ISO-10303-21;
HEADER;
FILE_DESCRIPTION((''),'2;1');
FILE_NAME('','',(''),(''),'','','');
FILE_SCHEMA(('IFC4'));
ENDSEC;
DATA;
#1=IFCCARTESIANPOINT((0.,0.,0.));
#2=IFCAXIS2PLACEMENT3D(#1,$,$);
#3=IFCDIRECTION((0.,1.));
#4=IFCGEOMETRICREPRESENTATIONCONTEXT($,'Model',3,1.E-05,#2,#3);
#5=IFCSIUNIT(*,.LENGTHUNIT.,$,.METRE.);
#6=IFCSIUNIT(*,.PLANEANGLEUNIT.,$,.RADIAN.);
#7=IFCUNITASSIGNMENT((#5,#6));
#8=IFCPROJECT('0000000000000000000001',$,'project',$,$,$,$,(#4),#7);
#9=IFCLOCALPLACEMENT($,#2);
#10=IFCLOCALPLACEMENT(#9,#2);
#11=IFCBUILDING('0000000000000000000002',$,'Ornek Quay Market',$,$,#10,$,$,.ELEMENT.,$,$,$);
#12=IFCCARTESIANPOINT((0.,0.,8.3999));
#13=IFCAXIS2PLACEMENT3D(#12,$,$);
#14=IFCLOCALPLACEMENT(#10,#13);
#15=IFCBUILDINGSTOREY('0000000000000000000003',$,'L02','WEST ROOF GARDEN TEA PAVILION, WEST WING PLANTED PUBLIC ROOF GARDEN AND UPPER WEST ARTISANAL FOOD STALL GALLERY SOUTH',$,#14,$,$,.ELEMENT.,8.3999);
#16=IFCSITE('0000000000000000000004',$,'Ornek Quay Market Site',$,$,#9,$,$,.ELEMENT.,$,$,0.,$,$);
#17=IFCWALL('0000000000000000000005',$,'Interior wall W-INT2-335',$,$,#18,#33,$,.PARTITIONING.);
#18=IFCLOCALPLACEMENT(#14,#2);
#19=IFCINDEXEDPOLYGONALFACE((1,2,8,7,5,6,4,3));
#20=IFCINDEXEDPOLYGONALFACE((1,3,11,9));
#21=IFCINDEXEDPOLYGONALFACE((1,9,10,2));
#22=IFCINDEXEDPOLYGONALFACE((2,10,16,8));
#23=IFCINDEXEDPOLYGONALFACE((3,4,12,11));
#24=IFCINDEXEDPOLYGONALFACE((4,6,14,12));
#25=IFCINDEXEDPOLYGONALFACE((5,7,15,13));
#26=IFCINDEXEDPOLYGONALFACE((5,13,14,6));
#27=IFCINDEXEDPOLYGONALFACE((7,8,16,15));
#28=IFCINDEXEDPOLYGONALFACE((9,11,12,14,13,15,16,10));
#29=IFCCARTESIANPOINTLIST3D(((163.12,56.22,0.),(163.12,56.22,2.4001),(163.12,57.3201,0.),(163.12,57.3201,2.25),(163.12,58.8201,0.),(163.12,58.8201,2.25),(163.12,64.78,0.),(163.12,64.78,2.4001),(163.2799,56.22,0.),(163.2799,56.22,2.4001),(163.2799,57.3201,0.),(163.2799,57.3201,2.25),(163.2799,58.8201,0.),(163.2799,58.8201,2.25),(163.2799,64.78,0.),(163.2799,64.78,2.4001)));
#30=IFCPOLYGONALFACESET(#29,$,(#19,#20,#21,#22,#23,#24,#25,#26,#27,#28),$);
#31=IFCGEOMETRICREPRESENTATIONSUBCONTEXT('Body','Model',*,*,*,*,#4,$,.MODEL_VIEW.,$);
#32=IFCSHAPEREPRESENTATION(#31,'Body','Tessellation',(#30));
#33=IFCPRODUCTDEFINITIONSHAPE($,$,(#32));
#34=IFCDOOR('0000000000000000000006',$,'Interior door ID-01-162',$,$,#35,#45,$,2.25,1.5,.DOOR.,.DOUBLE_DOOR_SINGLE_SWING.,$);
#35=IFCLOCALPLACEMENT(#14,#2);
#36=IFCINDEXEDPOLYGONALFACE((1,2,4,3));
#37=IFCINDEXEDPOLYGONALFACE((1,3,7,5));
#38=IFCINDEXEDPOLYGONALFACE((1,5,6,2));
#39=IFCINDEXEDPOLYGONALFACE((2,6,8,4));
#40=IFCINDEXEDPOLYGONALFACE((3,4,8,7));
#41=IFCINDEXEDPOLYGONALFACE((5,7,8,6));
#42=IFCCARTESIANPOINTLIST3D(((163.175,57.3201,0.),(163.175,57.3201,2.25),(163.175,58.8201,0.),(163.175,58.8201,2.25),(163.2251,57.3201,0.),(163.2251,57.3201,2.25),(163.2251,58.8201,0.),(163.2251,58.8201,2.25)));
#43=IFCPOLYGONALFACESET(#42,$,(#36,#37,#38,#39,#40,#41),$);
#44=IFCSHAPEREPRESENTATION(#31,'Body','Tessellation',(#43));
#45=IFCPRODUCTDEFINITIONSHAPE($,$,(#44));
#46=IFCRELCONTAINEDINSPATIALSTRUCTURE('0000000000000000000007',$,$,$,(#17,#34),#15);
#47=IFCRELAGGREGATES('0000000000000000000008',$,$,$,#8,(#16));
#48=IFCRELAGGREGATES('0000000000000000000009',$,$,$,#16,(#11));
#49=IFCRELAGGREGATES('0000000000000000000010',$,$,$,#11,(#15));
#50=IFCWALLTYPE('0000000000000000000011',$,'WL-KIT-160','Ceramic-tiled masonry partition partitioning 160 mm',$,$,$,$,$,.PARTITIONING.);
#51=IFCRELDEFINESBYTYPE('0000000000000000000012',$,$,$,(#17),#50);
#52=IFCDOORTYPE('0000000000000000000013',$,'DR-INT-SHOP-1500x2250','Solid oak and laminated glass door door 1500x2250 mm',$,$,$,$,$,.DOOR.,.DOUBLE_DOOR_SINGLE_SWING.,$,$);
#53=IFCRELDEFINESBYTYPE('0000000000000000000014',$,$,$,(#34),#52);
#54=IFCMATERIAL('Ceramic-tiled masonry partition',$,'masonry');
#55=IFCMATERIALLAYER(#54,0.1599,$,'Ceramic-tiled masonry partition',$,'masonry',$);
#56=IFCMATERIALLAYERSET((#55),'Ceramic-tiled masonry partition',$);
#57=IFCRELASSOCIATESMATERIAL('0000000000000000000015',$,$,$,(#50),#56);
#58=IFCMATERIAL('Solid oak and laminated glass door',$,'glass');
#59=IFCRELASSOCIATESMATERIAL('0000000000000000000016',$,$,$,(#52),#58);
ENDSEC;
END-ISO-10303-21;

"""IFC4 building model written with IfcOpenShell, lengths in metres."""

from ifc_helpers import new_model, si_unit, direction, frame, frame_2d, origin, place, context, subcontext, project, spatial, rectangle, extrude, material, layer, layer_set, type_object, element, fill, save


model = new_model("IFC4")

# Units and contexts
model_context = context("Model", 3, precision=1e-05, world=origin(), true_north=direction((0.0, 1.0)))
body_context = subcontext(model_context, "Body", "Model", "MODEL_VIEW")
ifc_project = project(units=[si_unit("LENGTHUNIT", "METRE"), si_unit("PLANEANGLEUNIT", "RADIAN")], contexts=[model_context])

# Site, building, storey
site_placement = place(None, origin())
site = spatial("IfcSite", under=ifc_project, at=site_placement, Name="Ornek Quay Market Site", CompositionType="ELEMENT", RefElevation=0.0)
building_placement = place(site_placement, origin())
building = spatial("IfcBuilding", under=site, at=building_placement, Name="Ornek Quay Market", CompositionType="ELEMENT")
storey_placement = place(building_placement, frame((0.0, 0.0, 8.3999)))
storey = spatial("IfcBuildingStorey", under=building, at=storey_placement, Name="L02", Description="WEST ROOF GARDEN TEA PAVILION, WEST WING PLANTED PUBLIC ROOF GARDEN AND UPPER WEST ARTISANAL FOOD STALL GALLERY SOUTH", CompositionType="ELEMENT", Elevation=8.3999)

# Wall, opening, door
ifc_material_1 = material(Name="Ceramic-tiled masonry partition", Category="masonry")
ifc_layer_1 = layer(ifc_material_1, 0.1599, Name="Ceramic-tiled masonry partition", Category="masonry")
ifc_layer_set_1 = layer_set([ifc_layer_1], Name="Ceramic-tiled masonry partition")
wall_type = type_object("IfcWallType", Name="WL-KIT-160", Description="Ceramic-tiled masonry partition partitioning 160 mm", PredefinedType="PARTITIONING", material=ifc_layer_set_1)
wall_placement = place(storey_placement, frame((163.2, 56.22, 0.0), z_axis=(0.0, 0.0, 1.0), x_axis=(0.0, 1.0, 0.0)))
wall = element("IfcWall", 1, at=wall_placement, inside=storey, type_object=wall_type, Name="Interior wall W-INT2-335", PredefinedType="PARTITIONING", context=body_context, shape_type="SweptSolid", body=[
    extrude(rectangle(XDim=8.5601, YDim=0.1599, at=frame_2d((4.28, 0.0))), origin(), (0.0, 0.0, 1.0), 2.4001),
])
opening_placement = place(wall_placement, frame((1.1001, 0.0, 0.0)))
opening = element("IfcOpeningElement", 2, at=opening_placement, cuts=wall, PredefinedType="OPENING", context=body_context, shape_type="SweptSolid", body=[
    extrude(rectangle(XDim=1.5, YDim=2.25, at=frame_2d((0.75, 1.125))), frame((0.0, 0.0898, 0.0), z_axis=(0.0, -1.0, 0.0), x_axis=(1.0, 0.0, 0.0)), (0.0, 0.0, 1.0), 0.1799),
])
ifc_material_2 = material(Name="Solid oak and laminated glass door", Category="glass")
door_type = type_object("IfcDoorType", Name="DR-INT-SHOP-1500x2250", Description="Solid oak and laminated glass door door 1500x2250 mm", OperationType="DOUBLE_DOOR_SINGLE_SWING", PredefinedType="DOOR", material=ifc_material_2)
door_placement = place(opening_placement, origin())
door = element("IfcDoor", 3, at=door_placement, inside=storey, type_object=door_type, Name="Interior door ID-01-162", OperationType="DOUBLE_DOOR_SINGLE_SWING", OverallHeight=2.25, OverallWidth=1.5, PredefinedType="DOOR", context=body_context, shape_type="SweptSolid", body=[
    extrude(rectangle(XDim=1.5, YDim=2.25, at=frame_2d((0.75, 1.125))), frame((0.0, 0.0249, 0.0), z_axis=(0.0, -1.0, 0.0), x_axis=(1.0, 0.0, 0.0)), (0.0, 0.0, 1.0), 0.05),
])
fill(opening, door)

save(model, "model.ifc")
